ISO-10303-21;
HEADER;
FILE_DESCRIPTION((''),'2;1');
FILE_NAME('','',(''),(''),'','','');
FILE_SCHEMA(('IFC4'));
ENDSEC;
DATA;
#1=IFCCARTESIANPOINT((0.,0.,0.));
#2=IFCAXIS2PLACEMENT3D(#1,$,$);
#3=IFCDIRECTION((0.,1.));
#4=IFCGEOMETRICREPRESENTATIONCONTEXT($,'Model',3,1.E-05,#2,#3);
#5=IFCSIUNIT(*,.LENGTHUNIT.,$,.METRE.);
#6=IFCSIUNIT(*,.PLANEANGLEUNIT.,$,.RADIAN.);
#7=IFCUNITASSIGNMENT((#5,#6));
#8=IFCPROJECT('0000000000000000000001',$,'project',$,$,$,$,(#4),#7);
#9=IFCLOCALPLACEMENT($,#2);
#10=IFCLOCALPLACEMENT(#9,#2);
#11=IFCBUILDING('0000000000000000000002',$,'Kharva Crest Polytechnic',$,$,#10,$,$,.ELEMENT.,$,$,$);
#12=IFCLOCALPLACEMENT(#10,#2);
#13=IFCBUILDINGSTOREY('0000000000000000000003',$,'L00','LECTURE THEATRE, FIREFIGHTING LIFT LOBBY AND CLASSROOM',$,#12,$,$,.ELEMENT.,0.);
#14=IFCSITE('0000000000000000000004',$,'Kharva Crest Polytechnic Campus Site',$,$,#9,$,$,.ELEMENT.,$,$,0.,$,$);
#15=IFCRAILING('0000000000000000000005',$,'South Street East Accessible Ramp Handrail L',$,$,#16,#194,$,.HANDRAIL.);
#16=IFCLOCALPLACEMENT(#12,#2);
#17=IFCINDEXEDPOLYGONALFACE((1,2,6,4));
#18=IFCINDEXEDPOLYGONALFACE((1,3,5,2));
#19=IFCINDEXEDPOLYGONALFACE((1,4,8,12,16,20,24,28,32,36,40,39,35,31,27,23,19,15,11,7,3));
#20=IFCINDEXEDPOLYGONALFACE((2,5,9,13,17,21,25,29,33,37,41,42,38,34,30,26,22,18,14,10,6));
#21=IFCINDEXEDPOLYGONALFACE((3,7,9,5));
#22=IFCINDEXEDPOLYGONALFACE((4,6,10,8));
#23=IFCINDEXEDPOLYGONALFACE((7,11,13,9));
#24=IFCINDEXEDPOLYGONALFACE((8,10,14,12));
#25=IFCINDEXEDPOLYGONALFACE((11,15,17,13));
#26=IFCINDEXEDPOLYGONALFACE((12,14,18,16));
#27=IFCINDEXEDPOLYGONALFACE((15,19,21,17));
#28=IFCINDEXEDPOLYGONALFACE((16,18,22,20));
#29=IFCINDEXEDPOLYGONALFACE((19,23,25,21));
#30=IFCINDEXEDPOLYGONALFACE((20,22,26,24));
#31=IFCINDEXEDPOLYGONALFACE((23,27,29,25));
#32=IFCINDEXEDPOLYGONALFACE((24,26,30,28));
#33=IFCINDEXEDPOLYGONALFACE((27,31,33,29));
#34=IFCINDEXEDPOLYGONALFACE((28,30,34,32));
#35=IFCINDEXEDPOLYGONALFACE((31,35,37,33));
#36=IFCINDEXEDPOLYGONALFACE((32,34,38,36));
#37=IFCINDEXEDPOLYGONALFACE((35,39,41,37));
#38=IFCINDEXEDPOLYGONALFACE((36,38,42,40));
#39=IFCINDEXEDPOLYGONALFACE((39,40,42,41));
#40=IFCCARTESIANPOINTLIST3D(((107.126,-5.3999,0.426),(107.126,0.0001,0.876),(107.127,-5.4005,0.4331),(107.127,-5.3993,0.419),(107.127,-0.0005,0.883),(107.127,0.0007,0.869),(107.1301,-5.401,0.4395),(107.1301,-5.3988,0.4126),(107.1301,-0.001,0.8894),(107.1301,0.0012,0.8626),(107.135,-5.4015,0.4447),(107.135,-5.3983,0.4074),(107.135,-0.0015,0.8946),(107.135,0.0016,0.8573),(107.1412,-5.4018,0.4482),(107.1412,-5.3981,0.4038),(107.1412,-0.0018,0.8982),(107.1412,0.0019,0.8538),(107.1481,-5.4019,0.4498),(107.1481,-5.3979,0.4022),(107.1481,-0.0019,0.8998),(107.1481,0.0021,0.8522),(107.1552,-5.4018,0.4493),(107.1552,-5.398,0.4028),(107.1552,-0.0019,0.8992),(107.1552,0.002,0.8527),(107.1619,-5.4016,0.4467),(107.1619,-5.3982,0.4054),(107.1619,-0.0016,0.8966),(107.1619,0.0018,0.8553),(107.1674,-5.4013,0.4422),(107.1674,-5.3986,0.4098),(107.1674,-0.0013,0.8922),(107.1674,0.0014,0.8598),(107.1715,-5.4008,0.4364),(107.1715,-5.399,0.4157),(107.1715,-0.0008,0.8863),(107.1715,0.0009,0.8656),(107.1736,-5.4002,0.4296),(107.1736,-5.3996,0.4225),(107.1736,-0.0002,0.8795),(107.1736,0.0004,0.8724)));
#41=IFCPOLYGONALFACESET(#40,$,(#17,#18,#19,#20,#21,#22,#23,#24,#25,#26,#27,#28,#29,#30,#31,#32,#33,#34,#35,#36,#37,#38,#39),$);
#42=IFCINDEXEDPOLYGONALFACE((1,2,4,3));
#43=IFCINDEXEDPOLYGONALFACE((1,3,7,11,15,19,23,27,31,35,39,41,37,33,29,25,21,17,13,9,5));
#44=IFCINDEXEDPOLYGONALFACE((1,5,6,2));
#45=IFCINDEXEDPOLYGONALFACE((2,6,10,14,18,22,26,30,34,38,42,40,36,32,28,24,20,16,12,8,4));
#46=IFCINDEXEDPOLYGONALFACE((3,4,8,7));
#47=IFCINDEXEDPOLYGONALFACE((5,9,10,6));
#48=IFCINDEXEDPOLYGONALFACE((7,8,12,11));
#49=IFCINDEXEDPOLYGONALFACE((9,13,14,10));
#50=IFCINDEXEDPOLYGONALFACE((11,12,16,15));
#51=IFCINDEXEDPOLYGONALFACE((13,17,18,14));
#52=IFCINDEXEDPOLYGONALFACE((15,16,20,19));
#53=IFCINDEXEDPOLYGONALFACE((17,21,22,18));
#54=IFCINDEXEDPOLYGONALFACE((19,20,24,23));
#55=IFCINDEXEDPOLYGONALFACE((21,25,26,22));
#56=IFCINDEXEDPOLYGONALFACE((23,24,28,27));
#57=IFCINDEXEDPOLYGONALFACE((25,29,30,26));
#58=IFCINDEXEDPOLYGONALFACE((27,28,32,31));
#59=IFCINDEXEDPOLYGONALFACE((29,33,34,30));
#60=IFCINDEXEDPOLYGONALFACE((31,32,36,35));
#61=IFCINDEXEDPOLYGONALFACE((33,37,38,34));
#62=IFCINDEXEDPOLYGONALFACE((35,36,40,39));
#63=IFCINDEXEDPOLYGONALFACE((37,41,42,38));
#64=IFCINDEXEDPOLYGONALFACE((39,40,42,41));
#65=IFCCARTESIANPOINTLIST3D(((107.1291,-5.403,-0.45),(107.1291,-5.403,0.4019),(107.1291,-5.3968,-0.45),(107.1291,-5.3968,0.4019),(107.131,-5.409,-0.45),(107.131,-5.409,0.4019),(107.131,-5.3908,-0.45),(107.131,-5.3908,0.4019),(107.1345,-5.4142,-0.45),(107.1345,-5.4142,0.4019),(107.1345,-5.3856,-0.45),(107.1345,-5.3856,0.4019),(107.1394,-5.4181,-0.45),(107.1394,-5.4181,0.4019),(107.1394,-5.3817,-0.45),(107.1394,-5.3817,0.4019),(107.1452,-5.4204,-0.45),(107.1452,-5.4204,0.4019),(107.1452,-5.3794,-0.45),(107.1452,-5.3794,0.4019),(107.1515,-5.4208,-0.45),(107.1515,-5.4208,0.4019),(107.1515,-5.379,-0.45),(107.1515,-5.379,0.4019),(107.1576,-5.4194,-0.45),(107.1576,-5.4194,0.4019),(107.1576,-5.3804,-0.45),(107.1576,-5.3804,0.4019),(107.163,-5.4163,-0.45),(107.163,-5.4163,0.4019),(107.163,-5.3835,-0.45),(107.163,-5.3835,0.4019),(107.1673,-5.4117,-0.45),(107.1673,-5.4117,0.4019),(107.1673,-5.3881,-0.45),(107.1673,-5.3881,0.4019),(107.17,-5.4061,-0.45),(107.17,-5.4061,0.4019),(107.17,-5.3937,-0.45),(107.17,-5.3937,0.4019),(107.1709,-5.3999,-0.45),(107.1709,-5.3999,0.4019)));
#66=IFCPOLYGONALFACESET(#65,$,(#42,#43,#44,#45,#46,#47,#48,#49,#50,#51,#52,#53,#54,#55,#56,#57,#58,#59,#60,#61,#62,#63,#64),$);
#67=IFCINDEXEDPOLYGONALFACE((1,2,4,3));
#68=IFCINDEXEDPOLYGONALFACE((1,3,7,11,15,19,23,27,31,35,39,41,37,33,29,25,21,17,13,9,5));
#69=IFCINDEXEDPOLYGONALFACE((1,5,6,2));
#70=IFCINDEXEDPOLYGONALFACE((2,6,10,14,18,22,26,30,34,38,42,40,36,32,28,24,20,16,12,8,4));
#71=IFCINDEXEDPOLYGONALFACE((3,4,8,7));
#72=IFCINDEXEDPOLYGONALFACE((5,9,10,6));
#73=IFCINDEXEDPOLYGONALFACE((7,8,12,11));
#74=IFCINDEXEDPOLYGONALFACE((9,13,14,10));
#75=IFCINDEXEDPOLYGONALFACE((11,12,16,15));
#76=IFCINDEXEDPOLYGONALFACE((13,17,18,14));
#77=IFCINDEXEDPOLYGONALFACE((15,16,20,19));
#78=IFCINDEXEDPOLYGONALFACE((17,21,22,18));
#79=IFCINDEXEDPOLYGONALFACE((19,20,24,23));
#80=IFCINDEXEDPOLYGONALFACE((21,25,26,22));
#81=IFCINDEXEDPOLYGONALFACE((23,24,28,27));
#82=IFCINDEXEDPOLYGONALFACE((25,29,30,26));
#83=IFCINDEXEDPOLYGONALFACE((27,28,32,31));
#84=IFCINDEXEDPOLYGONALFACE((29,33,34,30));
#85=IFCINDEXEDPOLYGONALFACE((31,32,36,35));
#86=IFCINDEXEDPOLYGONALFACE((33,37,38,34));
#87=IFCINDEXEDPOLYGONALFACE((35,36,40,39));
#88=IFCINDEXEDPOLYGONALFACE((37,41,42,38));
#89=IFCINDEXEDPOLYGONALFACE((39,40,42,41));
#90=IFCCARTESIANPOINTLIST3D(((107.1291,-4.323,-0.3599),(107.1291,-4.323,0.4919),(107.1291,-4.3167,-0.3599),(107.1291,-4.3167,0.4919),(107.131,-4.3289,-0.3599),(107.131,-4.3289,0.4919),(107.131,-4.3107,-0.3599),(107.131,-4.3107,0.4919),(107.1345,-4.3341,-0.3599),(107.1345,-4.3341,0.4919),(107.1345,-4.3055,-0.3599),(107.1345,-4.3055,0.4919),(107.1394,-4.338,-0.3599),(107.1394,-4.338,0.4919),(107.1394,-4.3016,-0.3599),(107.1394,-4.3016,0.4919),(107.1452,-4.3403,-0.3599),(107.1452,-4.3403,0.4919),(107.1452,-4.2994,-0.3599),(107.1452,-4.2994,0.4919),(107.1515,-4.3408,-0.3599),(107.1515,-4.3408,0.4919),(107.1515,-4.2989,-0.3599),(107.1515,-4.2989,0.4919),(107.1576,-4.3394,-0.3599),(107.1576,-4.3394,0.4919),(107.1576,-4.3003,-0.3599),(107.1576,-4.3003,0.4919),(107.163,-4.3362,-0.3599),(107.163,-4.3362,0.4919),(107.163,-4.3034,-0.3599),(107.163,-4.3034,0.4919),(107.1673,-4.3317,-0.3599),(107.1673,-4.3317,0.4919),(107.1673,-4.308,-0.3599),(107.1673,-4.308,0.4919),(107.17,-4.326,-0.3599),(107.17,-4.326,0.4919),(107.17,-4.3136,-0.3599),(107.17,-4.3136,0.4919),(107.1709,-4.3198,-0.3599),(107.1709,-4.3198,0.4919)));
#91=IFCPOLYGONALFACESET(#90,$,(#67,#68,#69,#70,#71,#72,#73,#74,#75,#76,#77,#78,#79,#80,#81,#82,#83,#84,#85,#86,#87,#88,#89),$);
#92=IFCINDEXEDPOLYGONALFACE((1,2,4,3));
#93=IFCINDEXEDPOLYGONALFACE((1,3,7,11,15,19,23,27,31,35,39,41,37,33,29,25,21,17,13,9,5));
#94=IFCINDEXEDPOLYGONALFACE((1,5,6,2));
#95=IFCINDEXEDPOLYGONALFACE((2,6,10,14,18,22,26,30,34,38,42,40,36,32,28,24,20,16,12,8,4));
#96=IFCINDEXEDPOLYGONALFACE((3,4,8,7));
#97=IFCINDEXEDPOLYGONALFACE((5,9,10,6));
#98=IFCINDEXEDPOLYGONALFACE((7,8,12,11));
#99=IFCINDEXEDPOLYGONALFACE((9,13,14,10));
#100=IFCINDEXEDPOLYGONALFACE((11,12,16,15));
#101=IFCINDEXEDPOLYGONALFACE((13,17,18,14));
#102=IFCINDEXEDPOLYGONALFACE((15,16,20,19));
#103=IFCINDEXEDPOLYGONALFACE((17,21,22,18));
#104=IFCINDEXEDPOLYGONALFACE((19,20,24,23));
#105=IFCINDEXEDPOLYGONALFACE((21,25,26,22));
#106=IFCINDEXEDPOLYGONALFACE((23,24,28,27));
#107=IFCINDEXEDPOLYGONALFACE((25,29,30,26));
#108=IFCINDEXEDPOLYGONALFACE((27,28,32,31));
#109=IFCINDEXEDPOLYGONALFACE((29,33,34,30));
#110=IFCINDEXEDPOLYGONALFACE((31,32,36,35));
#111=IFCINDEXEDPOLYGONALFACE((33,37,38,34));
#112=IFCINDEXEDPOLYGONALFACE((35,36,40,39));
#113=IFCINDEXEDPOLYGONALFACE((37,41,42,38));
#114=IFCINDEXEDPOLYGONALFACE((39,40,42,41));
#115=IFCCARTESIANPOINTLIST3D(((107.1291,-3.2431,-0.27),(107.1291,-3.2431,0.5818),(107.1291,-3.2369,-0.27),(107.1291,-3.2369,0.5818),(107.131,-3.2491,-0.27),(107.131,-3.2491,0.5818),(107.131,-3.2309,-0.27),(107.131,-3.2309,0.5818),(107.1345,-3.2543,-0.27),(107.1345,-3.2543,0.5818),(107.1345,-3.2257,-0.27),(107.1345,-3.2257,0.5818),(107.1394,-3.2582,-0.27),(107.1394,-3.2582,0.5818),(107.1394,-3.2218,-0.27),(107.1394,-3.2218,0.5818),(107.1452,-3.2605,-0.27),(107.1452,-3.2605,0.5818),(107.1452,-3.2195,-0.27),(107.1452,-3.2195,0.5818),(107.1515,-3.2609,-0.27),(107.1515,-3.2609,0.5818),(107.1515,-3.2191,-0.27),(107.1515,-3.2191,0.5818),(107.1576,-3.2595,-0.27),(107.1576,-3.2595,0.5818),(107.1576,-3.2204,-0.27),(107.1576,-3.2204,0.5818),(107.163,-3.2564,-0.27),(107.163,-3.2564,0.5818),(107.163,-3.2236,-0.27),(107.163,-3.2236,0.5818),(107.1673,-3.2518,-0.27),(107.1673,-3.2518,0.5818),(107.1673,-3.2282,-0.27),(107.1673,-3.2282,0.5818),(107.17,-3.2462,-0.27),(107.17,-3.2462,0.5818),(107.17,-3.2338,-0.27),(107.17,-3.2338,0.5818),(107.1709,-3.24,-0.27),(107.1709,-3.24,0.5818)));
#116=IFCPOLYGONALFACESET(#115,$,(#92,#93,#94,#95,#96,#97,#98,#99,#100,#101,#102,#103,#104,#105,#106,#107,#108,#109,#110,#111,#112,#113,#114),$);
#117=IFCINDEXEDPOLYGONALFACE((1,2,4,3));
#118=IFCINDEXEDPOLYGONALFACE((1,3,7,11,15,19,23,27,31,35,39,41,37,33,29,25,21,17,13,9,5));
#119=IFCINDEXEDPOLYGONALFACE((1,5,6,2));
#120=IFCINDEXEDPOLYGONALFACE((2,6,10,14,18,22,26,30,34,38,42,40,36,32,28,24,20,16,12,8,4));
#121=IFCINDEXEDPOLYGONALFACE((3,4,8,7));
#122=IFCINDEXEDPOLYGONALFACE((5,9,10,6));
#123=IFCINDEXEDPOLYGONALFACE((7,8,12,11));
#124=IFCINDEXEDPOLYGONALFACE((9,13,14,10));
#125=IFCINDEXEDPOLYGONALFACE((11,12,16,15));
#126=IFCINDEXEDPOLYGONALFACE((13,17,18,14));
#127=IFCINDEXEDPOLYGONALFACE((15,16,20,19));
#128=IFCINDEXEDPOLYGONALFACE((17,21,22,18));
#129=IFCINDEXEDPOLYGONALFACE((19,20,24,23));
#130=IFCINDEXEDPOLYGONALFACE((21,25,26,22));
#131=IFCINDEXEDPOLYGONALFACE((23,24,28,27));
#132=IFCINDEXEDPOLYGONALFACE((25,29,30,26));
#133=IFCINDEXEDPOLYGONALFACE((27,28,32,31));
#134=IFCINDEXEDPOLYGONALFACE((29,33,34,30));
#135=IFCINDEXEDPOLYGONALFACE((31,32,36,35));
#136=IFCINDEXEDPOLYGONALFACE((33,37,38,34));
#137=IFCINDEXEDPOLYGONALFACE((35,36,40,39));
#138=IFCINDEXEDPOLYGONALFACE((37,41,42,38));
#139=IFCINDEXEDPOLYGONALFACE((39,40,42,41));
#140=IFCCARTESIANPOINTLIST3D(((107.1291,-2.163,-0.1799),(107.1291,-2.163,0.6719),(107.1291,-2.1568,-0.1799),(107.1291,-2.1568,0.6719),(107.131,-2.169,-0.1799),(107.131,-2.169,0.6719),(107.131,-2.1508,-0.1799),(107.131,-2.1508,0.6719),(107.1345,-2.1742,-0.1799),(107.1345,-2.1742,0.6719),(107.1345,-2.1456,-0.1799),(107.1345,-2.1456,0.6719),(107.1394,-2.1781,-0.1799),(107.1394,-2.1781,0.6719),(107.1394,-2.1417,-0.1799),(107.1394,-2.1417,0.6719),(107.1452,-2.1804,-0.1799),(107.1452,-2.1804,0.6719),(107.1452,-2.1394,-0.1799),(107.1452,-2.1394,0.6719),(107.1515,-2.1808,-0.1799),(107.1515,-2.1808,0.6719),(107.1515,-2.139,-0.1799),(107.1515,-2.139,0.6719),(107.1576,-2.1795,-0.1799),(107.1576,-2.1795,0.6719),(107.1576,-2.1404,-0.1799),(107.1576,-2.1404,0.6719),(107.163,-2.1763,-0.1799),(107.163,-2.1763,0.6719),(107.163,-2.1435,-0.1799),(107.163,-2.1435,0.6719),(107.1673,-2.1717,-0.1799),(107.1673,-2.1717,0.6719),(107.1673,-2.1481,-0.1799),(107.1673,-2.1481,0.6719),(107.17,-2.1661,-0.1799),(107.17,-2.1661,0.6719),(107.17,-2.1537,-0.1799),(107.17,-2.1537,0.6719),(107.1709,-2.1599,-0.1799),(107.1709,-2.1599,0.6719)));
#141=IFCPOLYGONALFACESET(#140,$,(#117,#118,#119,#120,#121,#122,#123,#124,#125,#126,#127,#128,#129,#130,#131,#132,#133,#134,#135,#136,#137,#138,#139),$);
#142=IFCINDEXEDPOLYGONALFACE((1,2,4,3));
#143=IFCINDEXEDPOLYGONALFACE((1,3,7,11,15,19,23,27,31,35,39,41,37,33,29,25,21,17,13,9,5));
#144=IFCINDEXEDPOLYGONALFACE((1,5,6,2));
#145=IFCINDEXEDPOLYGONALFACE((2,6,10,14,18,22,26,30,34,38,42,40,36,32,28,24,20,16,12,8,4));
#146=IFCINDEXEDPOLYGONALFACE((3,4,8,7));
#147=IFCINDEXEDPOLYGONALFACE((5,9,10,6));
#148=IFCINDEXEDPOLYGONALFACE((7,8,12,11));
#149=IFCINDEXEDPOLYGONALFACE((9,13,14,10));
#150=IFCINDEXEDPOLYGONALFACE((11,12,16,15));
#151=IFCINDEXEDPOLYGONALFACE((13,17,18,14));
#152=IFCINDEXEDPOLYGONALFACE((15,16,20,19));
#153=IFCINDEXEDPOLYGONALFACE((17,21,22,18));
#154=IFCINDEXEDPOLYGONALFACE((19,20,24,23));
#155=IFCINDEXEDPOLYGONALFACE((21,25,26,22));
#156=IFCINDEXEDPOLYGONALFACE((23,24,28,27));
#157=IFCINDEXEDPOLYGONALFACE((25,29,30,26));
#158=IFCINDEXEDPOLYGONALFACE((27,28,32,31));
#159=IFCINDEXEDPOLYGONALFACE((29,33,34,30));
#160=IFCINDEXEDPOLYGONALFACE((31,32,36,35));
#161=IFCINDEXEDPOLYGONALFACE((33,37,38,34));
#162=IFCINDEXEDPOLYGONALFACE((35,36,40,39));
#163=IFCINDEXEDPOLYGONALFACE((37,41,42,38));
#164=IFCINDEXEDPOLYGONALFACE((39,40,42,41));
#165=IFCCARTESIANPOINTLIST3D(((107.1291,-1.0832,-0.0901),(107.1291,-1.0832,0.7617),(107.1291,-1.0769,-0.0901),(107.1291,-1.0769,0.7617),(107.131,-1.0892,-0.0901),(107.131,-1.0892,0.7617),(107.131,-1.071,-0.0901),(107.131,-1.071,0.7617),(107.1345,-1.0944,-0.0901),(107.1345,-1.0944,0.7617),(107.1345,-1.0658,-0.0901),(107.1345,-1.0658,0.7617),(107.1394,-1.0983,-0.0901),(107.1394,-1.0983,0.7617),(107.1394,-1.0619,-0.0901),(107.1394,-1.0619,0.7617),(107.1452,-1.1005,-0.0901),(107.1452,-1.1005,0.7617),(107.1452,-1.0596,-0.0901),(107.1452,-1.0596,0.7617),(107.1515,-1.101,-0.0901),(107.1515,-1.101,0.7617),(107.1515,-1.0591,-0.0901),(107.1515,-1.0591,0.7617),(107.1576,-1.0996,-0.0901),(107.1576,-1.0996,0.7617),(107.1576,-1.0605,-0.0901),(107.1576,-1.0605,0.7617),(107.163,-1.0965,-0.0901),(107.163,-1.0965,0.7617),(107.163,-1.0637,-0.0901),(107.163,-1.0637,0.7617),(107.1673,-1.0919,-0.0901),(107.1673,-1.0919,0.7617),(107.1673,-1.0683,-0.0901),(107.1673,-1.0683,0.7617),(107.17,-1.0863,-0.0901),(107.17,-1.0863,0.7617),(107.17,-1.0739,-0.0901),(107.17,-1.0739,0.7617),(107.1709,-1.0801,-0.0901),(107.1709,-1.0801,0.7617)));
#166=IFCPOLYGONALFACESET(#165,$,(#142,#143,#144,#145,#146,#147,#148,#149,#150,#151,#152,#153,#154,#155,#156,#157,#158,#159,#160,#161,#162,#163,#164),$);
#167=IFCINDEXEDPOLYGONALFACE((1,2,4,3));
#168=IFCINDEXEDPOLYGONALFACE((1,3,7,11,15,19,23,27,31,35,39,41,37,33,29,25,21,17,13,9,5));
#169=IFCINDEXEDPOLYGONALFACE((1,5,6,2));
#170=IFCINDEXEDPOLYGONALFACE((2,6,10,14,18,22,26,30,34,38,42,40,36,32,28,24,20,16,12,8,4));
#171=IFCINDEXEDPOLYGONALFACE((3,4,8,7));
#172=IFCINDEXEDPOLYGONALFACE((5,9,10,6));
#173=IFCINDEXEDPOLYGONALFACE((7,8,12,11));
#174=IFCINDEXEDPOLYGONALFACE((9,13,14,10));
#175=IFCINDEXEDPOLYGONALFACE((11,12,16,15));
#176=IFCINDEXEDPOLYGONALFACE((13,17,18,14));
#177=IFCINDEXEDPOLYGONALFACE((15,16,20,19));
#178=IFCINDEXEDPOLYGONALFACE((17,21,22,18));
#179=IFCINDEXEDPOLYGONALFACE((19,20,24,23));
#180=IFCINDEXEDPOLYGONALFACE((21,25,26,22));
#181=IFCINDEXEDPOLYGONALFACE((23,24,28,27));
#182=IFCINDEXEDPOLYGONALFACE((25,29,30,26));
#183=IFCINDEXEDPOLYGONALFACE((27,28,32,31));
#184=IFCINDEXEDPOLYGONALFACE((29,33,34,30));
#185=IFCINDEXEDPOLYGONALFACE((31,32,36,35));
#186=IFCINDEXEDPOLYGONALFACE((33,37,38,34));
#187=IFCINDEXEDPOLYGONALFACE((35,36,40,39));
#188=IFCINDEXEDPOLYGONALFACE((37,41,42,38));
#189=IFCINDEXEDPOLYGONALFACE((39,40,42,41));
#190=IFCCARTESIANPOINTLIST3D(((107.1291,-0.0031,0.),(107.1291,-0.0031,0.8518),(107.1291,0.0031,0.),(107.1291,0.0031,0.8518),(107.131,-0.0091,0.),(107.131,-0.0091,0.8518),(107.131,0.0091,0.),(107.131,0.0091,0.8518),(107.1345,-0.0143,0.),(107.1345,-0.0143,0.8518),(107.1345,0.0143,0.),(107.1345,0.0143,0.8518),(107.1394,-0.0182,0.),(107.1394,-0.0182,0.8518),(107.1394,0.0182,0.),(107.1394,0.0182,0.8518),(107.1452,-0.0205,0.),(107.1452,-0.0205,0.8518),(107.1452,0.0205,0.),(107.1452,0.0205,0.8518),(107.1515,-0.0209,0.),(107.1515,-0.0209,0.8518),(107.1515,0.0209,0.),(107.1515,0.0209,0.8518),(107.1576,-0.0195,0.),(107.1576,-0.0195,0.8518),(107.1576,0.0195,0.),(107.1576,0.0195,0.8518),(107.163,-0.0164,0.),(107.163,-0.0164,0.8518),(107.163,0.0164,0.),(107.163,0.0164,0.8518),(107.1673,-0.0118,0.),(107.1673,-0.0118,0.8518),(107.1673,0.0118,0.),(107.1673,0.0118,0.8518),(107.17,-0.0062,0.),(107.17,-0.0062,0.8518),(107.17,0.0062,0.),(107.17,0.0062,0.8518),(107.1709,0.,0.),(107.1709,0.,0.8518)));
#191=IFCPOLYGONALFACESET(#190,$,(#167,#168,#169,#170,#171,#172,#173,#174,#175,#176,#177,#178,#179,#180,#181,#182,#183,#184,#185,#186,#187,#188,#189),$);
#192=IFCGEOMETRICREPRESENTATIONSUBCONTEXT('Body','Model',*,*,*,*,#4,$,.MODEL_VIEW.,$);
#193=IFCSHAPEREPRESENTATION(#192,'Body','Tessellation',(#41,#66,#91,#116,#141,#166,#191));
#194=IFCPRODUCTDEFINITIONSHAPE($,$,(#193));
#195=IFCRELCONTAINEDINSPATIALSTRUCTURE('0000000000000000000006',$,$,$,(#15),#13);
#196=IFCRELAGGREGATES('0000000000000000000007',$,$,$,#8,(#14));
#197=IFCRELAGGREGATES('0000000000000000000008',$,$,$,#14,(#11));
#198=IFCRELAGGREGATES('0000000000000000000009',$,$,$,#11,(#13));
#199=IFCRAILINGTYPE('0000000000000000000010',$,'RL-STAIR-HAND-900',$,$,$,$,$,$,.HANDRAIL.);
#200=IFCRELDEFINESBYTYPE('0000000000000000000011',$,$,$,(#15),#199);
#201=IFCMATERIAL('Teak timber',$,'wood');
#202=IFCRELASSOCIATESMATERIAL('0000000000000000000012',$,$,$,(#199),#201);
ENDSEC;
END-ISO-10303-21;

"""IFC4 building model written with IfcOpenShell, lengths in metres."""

from ifc_helpers import new_model, si_unit, direction, frame, origin, origin_2d, place, context, subcontext, project, spatial, circle, extrude, material, type_object, element, save


model = new_model("IFC4")

# Units and contexts
model_context = context("Model", 3, precision=1e-05, world=origin(), true_north=direction((0.0, 1.0)))
body_context = subcontext(model_context, "Body", "Model", "MODEL_VIEW")
ifc_project = project(units=[si_unit("LENGTHUNIT", "METRE"), si_unit("PLANEANGLEUNIT", "RADIAN")], contexts=[model_context])

# Site, building, storey
site_placement = place(None, origin())
site = spatial("IfcSite", under=ifc_project, at=site_placement, Name="Kharva Crest Polytechnic Campus Site", CompositionType="ELEMENT", RefElevation=0.0)
building_placement = place(site_placement, origin())
building = spatial("IfcBuilding", under=site, at=building_placement, Name="Kharva Crest Polytechnic", CompositionType="ELEMENT")
storey_placement = place(building_placement, origin())
storey = spatial("IfcBuildingStorey", under=building, at=storey_placement, Name="L00", Description="LECTURE THEATRE, FIREFIGHTING LIFT LOBBY AND CLASSROOM", CompositionType="ELEMENT", Elevation=0.0)

# Railing
ifc_material_1 = material(Name="Teak timber", Category="wood")
railing_type = type_object("IfcRailingType", Name="RL-STAIR-HAND-900", PredefinedType="HANDRAIL", material=ifc_material_1)
for number, where, name in (
    (1, (107.1499, -5.3999, -0.45), "South Street East Accessible Ramp Handrail L"),
):
    element("IfcRailing", number, at=place(storey_placement, frame(where)), inside=storey, type_object=railing_type, Name=name, PredefinedType="HANDRAIL", context=body_context, shape_type="SweptSolid", body=[
        extrude(circle(Radius=0.0239, at=origin_2d()), frame((0.0, 0.0, 0.876), z_axis=(0.0, 0.996546, 0.083038), x_axis=(-1.0, 0.0, 0.0)), (0.0, 0.0, 1.0), 5.4187),
        extrude(circle(Radius=0.021, at=origin_2d()), origin(), (0.0, 0.0, 1.0), 0.8518),
        extrude(circle(Radius=0.021, at=origin_2d()), frame((0.0, 1.0801, 0.0901)), (0.0, 0.0, 1.0), 0.8518),
        extrude(circle(Radius=0.021, at=origin_2d()), frame((0.0, 2.1599, 0.1799)), (0.0, 0.0, 1.0), 0.8518),
        extrude(circle(Radius=0.021, at=origin_2d()), frame((0.0, 3.24, 0.27)), (0.0, 0.0, 1.0), 0.8518),
        extrude(circle(Radius=0.021, at=origin_2d()), frame((0.0, 4.3198, 0.3599)), (0.0, 0.0, 1.0), 0.8518),
        extrude(circle(Radius=0.021, at=origin_2d()), frame((0.0, 5.3999, 0.45)), (0.0, 0.0, 1.0), 0.8518),
    ])

save(model, "model.ifc")
